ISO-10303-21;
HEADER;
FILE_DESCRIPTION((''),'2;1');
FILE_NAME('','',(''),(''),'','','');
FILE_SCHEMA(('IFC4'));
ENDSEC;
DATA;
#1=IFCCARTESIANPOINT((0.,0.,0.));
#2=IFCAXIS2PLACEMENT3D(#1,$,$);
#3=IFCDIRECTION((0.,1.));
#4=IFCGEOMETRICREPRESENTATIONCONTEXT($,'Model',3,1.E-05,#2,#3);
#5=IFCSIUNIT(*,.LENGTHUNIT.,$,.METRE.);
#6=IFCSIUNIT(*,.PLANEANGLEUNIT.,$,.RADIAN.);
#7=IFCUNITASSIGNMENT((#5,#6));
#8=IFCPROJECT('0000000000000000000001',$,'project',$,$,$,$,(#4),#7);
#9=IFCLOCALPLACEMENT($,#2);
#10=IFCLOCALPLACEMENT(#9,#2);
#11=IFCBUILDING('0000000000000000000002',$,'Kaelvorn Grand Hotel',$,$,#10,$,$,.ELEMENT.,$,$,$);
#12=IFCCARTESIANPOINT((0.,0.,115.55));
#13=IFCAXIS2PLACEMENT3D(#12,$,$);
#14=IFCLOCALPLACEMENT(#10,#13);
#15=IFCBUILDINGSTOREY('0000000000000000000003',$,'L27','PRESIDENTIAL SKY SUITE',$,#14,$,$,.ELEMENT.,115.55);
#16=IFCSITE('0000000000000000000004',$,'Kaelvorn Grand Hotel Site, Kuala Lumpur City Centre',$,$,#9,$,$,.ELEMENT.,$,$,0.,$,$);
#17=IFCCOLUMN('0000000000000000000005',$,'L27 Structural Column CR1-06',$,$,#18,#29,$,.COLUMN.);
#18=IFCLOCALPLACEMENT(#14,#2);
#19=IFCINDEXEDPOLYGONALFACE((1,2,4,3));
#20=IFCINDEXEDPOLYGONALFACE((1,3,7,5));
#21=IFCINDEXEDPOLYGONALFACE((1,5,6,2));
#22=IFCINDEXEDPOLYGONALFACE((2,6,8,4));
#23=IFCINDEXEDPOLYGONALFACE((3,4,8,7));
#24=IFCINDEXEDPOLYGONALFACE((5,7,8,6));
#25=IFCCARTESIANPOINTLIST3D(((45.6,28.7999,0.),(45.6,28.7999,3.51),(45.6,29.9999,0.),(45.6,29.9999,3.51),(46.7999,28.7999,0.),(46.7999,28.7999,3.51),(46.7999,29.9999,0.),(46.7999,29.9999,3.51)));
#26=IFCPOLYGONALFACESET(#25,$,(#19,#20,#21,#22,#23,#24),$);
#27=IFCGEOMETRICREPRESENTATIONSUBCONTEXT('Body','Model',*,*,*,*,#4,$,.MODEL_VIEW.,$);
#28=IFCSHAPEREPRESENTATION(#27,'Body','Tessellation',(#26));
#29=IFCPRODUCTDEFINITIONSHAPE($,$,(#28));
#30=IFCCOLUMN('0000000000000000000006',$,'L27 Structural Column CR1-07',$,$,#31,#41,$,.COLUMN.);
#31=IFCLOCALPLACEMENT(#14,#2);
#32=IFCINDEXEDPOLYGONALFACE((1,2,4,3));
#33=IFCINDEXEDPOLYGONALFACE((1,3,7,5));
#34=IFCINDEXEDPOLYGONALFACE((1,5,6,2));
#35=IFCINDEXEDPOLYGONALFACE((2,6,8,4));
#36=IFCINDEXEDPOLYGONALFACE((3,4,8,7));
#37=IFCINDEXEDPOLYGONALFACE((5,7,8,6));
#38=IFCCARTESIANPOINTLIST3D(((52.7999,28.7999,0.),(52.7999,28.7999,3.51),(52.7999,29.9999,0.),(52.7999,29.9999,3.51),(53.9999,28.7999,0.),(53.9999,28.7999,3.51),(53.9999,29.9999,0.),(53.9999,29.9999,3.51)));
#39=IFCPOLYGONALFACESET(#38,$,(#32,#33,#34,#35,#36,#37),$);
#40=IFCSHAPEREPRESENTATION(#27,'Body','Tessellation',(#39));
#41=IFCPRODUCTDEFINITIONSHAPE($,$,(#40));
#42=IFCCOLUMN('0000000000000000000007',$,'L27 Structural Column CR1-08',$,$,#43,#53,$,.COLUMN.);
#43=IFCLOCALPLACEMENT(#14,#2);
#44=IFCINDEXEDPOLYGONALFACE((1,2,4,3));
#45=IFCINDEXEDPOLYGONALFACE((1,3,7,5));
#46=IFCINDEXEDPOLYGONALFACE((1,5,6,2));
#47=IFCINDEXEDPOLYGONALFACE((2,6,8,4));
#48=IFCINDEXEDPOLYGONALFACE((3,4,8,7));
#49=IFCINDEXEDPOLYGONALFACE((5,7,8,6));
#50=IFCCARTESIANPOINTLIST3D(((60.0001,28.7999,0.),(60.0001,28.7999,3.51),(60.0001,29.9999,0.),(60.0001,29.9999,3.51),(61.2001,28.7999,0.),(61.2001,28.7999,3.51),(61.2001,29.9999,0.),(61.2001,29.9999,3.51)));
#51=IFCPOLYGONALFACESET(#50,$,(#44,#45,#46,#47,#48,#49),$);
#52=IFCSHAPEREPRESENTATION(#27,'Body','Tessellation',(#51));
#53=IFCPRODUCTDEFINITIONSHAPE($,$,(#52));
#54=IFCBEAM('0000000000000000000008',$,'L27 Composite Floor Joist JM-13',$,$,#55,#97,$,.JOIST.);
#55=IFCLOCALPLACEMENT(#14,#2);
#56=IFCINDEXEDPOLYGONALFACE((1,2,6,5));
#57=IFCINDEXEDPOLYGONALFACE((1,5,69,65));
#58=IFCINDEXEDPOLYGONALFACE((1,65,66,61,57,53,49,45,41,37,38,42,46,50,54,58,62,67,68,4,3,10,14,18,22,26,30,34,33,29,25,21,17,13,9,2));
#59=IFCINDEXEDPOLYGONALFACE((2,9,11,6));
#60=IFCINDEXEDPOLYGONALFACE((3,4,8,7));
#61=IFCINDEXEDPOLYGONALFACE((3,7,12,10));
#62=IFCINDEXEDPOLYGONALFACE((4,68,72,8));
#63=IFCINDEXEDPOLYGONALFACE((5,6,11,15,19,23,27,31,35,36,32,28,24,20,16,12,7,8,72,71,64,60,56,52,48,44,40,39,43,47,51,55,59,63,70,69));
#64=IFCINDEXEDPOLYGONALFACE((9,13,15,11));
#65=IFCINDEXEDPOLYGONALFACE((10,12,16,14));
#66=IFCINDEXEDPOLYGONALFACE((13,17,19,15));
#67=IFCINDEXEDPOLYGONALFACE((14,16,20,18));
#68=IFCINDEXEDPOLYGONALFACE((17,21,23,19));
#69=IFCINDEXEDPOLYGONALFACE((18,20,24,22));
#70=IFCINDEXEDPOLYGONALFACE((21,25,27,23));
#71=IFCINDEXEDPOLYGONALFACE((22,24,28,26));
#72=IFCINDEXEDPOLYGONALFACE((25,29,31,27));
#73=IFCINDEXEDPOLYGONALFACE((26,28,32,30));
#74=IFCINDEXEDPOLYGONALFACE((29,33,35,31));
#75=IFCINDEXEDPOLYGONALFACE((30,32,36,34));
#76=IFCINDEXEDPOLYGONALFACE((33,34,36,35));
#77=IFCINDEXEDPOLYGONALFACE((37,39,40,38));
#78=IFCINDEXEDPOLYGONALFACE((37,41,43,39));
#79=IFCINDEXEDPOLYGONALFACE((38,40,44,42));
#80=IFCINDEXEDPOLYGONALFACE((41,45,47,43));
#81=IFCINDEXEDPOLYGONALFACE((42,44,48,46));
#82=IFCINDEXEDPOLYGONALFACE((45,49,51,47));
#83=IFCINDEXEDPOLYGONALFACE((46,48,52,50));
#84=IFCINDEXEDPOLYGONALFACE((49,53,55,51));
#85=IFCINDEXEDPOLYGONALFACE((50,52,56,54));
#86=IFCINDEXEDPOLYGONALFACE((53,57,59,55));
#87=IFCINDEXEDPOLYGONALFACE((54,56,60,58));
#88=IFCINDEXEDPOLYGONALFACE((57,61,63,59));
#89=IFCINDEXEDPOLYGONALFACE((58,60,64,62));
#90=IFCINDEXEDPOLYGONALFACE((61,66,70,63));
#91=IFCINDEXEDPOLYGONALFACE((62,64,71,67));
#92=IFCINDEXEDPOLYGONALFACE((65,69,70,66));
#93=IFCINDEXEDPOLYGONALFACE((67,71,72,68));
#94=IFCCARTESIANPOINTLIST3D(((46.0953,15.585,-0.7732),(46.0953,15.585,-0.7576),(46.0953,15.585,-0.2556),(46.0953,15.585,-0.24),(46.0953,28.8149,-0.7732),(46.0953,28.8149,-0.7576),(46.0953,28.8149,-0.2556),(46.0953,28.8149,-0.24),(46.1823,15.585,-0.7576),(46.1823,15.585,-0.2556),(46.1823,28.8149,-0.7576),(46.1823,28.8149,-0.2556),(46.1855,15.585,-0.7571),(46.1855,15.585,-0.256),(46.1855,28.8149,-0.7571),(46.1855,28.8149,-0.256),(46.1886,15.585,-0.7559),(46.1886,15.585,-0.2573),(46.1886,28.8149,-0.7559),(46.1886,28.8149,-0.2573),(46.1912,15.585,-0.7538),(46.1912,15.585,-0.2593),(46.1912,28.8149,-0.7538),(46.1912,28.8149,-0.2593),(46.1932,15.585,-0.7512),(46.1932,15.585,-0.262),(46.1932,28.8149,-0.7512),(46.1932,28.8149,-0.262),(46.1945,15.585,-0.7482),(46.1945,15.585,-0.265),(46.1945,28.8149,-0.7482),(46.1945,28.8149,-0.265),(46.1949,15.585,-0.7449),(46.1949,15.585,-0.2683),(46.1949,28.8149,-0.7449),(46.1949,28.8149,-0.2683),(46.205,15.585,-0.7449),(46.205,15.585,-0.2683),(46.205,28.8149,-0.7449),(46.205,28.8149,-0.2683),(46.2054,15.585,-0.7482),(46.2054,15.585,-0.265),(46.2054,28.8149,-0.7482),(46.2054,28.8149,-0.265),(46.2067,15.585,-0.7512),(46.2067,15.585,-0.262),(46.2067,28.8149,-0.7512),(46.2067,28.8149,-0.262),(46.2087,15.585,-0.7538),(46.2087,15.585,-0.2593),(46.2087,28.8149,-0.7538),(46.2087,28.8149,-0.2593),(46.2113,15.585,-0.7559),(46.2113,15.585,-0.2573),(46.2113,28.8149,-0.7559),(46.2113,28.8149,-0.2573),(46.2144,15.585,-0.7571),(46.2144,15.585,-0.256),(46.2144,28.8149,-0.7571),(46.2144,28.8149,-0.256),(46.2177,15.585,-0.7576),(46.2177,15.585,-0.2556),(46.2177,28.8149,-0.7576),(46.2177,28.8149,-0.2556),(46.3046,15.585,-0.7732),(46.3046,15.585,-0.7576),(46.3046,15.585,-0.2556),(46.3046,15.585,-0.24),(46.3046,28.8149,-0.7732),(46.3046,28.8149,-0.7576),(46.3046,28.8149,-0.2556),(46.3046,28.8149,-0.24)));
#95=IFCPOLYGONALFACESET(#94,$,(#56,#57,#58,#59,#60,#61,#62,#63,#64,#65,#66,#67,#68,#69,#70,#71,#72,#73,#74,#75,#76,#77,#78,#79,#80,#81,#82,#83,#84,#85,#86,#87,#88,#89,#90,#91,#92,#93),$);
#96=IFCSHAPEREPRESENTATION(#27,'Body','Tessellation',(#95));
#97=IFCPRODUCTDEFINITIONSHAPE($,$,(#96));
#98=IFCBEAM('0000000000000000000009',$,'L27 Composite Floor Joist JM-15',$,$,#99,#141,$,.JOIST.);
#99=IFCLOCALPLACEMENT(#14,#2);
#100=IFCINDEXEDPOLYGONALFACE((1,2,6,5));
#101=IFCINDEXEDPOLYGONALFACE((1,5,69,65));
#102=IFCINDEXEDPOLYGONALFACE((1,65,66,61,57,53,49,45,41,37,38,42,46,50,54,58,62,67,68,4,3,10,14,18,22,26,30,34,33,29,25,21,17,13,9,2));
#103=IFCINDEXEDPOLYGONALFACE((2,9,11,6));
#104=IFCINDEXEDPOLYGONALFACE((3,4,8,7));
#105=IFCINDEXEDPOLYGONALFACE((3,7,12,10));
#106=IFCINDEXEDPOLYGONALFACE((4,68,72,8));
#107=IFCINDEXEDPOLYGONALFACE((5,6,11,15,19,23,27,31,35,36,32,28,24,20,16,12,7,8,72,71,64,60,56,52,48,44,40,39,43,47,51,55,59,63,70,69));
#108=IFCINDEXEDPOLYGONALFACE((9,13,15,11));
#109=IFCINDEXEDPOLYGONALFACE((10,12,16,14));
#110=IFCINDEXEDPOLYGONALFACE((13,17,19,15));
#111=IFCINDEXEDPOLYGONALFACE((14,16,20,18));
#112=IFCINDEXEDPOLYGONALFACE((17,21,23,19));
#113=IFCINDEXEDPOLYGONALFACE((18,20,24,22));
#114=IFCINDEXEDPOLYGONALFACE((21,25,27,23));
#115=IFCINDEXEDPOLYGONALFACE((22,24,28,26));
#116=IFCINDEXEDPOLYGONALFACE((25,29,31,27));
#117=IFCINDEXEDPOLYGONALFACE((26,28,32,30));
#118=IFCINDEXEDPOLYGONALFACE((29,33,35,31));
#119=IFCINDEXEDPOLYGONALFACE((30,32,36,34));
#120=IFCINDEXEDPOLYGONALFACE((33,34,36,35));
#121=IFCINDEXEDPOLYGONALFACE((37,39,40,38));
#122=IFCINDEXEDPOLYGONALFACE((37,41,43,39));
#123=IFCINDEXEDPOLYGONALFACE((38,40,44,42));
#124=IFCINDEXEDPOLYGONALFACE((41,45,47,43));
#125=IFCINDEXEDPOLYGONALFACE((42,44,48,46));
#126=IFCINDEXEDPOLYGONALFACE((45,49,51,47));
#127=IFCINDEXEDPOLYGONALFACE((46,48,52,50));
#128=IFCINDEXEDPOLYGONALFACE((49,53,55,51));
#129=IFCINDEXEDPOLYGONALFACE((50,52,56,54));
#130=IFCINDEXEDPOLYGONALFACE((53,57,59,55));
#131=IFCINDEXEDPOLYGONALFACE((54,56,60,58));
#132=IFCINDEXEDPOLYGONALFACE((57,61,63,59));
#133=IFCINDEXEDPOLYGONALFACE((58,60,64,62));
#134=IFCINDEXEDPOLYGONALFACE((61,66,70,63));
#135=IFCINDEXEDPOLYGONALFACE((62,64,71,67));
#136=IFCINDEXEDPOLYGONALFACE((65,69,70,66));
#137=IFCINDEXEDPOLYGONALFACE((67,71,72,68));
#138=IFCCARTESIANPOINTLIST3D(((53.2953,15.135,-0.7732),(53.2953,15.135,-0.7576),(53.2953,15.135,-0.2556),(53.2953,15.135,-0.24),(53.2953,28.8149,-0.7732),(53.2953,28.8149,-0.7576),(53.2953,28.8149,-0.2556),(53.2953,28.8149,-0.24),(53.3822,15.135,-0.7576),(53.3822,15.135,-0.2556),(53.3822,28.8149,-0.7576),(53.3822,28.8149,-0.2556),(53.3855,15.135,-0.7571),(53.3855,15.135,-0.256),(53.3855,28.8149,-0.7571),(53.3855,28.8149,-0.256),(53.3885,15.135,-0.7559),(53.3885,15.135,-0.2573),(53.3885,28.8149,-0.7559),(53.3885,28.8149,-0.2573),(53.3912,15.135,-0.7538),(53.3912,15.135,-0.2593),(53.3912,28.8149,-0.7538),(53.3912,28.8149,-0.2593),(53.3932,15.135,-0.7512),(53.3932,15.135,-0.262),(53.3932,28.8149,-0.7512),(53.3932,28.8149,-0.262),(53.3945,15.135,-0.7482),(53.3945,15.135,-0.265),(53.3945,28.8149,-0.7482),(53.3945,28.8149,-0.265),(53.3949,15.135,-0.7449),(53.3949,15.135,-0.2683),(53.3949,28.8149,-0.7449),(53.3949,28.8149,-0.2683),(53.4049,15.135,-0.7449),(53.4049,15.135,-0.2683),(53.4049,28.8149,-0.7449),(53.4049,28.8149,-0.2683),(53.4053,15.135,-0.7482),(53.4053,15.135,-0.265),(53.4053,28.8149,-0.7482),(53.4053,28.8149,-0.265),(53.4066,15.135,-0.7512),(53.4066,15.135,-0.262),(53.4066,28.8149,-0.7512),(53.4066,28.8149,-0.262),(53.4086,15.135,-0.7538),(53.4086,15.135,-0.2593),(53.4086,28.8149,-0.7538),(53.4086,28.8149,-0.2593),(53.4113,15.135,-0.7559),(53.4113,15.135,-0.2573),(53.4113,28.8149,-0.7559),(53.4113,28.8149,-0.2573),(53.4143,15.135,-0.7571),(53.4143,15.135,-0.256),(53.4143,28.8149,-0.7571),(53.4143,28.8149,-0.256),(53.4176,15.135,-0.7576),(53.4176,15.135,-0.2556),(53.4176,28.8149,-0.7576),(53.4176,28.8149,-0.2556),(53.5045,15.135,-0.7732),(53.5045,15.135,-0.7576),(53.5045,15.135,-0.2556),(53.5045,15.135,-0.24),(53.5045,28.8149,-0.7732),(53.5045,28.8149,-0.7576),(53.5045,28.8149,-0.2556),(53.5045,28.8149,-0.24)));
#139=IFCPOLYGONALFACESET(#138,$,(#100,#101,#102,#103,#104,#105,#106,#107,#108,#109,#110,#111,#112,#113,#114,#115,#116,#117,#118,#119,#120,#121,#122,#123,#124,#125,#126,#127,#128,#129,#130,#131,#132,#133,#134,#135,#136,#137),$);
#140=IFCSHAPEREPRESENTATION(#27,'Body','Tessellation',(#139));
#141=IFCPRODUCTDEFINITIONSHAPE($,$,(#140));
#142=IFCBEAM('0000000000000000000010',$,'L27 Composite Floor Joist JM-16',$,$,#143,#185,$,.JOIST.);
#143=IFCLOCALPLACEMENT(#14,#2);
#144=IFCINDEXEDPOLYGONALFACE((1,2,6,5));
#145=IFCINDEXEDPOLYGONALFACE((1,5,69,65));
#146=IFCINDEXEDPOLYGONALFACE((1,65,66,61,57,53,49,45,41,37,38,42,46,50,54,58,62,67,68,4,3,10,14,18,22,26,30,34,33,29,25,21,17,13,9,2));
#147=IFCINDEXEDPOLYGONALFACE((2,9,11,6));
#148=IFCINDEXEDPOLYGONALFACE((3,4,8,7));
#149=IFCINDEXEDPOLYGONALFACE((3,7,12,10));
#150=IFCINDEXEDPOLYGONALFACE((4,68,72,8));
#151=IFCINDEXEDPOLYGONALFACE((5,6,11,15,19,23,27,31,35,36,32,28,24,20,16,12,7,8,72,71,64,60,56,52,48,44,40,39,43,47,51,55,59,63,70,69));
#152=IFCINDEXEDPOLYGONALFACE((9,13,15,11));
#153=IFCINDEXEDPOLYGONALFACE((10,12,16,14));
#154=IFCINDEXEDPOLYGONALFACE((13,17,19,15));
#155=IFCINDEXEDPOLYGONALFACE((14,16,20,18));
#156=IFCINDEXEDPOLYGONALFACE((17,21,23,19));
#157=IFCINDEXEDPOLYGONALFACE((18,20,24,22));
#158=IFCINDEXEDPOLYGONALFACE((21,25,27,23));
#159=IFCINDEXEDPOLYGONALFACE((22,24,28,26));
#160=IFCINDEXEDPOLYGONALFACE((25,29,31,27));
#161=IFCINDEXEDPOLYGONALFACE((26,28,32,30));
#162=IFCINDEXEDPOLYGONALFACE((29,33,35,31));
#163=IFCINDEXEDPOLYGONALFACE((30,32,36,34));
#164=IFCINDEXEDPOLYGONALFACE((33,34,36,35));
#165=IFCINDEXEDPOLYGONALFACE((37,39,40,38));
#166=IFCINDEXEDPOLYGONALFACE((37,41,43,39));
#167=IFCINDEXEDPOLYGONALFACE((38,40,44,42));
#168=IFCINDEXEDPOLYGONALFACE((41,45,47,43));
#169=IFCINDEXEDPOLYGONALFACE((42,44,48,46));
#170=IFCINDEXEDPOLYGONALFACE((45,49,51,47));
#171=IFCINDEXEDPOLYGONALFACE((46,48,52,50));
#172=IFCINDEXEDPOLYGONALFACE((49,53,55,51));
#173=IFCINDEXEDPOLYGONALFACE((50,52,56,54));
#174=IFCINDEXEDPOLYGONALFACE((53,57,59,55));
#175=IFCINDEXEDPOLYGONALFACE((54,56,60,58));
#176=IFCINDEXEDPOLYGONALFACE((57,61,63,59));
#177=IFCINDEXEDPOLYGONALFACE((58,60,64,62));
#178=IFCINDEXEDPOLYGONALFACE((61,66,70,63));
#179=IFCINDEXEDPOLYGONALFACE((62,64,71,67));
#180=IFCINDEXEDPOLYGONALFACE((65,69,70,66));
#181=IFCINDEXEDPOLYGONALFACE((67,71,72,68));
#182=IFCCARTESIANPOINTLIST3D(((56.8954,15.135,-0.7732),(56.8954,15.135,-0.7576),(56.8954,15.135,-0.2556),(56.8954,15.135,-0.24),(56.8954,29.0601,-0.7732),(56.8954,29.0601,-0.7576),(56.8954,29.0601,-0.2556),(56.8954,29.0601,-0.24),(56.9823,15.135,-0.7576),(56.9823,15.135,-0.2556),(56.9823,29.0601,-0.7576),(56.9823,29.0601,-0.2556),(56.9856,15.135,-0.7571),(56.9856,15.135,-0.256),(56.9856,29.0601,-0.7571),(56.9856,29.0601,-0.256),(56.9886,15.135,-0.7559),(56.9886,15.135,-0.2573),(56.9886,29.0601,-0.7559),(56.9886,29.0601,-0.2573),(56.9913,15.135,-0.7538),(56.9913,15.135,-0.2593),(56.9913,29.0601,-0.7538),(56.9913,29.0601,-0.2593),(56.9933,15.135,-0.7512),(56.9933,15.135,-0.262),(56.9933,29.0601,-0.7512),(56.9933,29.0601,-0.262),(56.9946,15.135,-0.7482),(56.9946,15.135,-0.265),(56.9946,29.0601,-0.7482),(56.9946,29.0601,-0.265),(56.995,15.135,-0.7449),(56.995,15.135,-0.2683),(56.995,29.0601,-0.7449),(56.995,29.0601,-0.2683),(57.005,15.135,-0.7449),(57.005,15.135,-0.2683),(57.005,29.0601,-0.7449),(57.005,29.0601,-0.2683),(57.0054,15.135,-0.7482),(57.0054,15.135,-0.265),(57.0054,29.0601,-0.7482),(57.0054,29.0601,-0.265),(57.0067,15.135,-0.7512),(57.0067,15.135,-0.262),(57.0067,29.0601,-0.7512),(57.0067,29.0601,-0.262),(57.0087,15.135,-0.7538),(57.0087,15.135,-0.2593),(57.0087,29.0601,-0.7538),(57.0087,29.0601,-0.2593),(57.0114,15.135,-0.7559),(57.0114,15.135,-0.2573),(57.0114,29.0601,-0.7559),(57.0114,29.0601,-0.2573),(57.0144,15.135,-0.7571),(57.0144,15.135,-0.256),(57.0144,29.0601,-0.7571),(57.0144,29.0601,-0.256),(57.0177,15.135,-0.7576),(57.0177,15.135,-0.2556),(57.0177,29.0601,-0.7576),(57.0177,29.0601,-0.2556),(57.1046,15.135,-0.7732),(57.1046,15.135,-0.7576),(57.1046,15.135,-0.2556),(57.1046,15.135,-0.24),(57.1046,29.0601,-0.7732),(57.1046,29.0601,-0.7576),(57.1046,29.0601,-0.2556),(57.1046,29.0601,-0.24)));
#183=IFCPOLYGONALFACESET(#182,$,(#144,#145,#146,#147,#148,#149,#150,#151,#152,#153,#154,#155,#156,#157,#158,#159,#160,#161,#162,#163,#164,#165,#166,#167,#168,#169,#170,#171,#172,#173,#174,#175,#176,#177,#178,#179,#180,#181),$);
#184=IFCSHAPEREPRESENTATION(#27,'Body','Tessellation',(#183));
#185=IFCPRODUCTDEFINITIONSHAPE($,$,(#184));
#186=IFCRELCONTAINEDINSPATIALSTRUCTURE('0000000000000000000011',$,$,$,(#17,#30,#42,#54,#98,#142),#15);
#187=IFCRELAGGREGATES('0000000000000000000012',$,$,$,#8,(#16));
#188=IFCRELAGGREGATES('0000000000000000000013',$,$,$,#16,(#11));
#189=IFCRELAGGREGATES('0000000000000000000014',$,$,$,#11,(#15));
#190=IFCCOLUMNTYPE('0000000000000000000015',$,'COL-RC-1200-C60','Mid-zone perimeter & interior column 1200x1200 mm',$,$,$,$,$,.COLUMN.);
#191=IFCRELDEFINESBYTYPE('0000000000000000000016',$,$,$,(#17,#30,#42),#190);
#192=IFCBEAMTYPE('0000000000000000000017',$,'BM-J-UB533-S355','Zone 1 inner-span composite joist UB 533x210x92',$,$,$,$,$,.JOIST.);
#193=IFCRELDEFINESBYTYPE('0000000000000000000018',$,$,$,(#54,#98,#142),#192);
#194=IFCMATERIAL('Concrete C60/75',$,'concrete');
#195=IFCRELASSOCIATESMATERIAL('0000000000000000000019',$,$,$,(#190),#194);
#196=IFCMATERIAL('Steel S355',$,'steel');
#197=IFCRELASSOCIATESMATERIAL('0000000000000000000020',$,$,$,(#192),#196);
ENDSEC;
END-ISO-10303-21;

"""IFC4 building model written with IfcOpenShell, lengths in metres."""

from ifc_helpers import new_model, si_unit, direction, frame, origin, origin_2d, place, context, subcontext, project, spatial, rectangle, i_section, extrude, material, material_profile, profile_set, type_object, element, save


model = new_model("IFC4")

# Units and contexts
model_context = context("Model", 3, precision=1e-05, world=origin(), true_north=direction((0.0, 1.0)))
body_context = subcontext(model_context, "Body", "Model", "MODEL_VIEW")
ifc_project = project(units=[si_unit("LENGTHUNIT", "METRE"), si_unit("PLANEANGLEUNIT", "RADIAN")], contexts=[model_context])

# Site, building, storey
site_placement = place(None, origin())
site = spatial("IfcSite", under=ifc_project, at=site_placement, Name="Kaelvorn Grand Hotel Site, Kuala Lumpur City Centre", CompositionType="ELEMENT", RefElevation=0.0)
building_placement = place(site_placement, origin())
building = spatial("IfcBuilding", under=site, at=building_placement, Name="Kaelvorn Grand Hotel", CompositionType="ELEMENT")
storey_placement = place(building_placement, frame((0.0, 0.0, 115.55)))
storey = spatial("IfcBuildingStorey", under=building, at=storey_placement, Name="L27", Description="PRESIDENTIAL SKY SUITE", CompositionType="ELEMENT", Elevation=115.55)

# Columns
ifc_material_1 = material(Name="Concrete C60/75", Category="concrete")
ifc_material_profile_1 = material_profile(ifc_material_1, rectangle(XDim=1.2, YDim=1.2, at=origin_2d()), Name="RC COL 1200x1200")
ifc_profile_set_1 = profile_set([ifc_material_profile_1], Name="Concrete C60/75")
column_type = type_object("IfcColumnType", Name="COL-RC-1200-C60", Description="Mid-zone perimeter & interior column 1200x1200 mm", PredefinedType="COLUMN", material=ifc_profile_set_1)
for number, where, z_axis, x_axis, name in (
    (1, (46.2, 29.3999, 0.0), (0.0, 0.0, 1.0), (1.0, 0.0, 0.0), "L27 Structural Column CR1-06"),
    (2, (53.3999, 29.3999, 0.0), (0.0, 0.0, 1.0), (1.0, 0.0, 0.0), "L27 Structural Column CR1-07"),
    (3, (60.6001, 29.3999, 0.0), (0.0, 0.0, 1.0), (1.0, 0.0, 0.0), "L27 Structural Column CR1-08"),
):
    element("IfcColumn", number, at=place(storey_placement, frame(where, z_axis=z_axis, x_axis=x_axis)), inside=storey, type_object=column_type, Name=name, PredefinedType="COLUMN", context=body_context, shape_type="SweptSolid", body=[
        extrude(rectangle(XDim=1.2, YDim=1.2, at=origin_2d()), origin(), (0.0, 0.0, 1.0), 3.51),
    ])

# Beams
ifc_material_2 = material(Name="Steel S355", Category="steel")
ifc_material_profile_2 = material_profile(ifc_material_2, i_section(OverallWidth=0.2092, OverallDepth=0.5332, WebThickness=0.01, FlangeThickness=0.0156, FilletRadius=0.0127, at=origin_2d()), Name="UB 533x210x92")
ifc_profile_set_2 = profile_set([ifc_material_profile_2], Name="Steel S355")
beam_type_1 = type_object("IfcBeamType", Name="BM-J-UB533-S355", Description="Zone 1 inner-span composite joist UB 533x210x92", PredefinedType="JOIST", material=ifc_profile_set_2)
beam_1_placement = place(storey_placement, frame((46.2, 15.585, -0.5066), z_axis=(0.0, 1.0, 0.0), x_axis=(-1.0, 0.0, 0.0)))
element("IfcBeam", 4, at=beam_1_placement, inside=storey, type_object=beam_type_1, Name="L27 Composite Floor Joist JM-13", PredefinedType="JOIST", context=body_context, shape_type="SweptSolid", body=[
    extrude(i_section(OverallWidth=0.2092, OverallDepth=0.5332, WebThickness=0.01, FlangeThickness=0.0156, FilletRadius=0.0127, at=origin_2d()), origin(), (0.0, 0.0, 1.0), 13.23),
])
beam_2_placement = place(storey_placement, frame((53.3999, 15.135, -0.5066), z_axis=(0.0, 1.0, 0.0), x_axis=(-1.0, 0.0, 0.0)))
element("IfcBeam", 5, at=beam_2_placement, inside=storey, type_object=beam_type_1, Name="L27 Composite Floor Joist JM-15", PredefinedType="JOIST", context=body_context, shape_type="SweptSolid", body=[
    extrude(i_section(OverallWidth=0.2092, OverallDepth=0.5332, WebThickness=0.01, FlangeThickness=0.0156, FilletRadius=0.0127, at=origin_2d()), origin(), (0.0, 0.0, 1.0), 13.6799),
])
beam_3_placement = place(storey_placement, frame((57.0, 15.135, -0.5066), z_axis=(0.0, 1.0, 0.0), x_axis=(-1.0, 0.0, 0.0)))
element("IfcBeam", 6, at=beam_3_placement, inside=storey, type_object=beam_type_1, Name="L27 Composite Floor Joist JM-16", PredefinedType="JOIST", context=body_context, shape_type="SweptSolid", body=[
    extrude(i_section(OverallWidth=0.2092, OverallDepth=0.5332, WebThickness=0.01, FlangeThickness=0.0156, FilletRadius=0.0127, at=origin_2d()), origin(), (0.0, 0.0, 1.0), 13.925),
])

save(model, "model.ifc")
